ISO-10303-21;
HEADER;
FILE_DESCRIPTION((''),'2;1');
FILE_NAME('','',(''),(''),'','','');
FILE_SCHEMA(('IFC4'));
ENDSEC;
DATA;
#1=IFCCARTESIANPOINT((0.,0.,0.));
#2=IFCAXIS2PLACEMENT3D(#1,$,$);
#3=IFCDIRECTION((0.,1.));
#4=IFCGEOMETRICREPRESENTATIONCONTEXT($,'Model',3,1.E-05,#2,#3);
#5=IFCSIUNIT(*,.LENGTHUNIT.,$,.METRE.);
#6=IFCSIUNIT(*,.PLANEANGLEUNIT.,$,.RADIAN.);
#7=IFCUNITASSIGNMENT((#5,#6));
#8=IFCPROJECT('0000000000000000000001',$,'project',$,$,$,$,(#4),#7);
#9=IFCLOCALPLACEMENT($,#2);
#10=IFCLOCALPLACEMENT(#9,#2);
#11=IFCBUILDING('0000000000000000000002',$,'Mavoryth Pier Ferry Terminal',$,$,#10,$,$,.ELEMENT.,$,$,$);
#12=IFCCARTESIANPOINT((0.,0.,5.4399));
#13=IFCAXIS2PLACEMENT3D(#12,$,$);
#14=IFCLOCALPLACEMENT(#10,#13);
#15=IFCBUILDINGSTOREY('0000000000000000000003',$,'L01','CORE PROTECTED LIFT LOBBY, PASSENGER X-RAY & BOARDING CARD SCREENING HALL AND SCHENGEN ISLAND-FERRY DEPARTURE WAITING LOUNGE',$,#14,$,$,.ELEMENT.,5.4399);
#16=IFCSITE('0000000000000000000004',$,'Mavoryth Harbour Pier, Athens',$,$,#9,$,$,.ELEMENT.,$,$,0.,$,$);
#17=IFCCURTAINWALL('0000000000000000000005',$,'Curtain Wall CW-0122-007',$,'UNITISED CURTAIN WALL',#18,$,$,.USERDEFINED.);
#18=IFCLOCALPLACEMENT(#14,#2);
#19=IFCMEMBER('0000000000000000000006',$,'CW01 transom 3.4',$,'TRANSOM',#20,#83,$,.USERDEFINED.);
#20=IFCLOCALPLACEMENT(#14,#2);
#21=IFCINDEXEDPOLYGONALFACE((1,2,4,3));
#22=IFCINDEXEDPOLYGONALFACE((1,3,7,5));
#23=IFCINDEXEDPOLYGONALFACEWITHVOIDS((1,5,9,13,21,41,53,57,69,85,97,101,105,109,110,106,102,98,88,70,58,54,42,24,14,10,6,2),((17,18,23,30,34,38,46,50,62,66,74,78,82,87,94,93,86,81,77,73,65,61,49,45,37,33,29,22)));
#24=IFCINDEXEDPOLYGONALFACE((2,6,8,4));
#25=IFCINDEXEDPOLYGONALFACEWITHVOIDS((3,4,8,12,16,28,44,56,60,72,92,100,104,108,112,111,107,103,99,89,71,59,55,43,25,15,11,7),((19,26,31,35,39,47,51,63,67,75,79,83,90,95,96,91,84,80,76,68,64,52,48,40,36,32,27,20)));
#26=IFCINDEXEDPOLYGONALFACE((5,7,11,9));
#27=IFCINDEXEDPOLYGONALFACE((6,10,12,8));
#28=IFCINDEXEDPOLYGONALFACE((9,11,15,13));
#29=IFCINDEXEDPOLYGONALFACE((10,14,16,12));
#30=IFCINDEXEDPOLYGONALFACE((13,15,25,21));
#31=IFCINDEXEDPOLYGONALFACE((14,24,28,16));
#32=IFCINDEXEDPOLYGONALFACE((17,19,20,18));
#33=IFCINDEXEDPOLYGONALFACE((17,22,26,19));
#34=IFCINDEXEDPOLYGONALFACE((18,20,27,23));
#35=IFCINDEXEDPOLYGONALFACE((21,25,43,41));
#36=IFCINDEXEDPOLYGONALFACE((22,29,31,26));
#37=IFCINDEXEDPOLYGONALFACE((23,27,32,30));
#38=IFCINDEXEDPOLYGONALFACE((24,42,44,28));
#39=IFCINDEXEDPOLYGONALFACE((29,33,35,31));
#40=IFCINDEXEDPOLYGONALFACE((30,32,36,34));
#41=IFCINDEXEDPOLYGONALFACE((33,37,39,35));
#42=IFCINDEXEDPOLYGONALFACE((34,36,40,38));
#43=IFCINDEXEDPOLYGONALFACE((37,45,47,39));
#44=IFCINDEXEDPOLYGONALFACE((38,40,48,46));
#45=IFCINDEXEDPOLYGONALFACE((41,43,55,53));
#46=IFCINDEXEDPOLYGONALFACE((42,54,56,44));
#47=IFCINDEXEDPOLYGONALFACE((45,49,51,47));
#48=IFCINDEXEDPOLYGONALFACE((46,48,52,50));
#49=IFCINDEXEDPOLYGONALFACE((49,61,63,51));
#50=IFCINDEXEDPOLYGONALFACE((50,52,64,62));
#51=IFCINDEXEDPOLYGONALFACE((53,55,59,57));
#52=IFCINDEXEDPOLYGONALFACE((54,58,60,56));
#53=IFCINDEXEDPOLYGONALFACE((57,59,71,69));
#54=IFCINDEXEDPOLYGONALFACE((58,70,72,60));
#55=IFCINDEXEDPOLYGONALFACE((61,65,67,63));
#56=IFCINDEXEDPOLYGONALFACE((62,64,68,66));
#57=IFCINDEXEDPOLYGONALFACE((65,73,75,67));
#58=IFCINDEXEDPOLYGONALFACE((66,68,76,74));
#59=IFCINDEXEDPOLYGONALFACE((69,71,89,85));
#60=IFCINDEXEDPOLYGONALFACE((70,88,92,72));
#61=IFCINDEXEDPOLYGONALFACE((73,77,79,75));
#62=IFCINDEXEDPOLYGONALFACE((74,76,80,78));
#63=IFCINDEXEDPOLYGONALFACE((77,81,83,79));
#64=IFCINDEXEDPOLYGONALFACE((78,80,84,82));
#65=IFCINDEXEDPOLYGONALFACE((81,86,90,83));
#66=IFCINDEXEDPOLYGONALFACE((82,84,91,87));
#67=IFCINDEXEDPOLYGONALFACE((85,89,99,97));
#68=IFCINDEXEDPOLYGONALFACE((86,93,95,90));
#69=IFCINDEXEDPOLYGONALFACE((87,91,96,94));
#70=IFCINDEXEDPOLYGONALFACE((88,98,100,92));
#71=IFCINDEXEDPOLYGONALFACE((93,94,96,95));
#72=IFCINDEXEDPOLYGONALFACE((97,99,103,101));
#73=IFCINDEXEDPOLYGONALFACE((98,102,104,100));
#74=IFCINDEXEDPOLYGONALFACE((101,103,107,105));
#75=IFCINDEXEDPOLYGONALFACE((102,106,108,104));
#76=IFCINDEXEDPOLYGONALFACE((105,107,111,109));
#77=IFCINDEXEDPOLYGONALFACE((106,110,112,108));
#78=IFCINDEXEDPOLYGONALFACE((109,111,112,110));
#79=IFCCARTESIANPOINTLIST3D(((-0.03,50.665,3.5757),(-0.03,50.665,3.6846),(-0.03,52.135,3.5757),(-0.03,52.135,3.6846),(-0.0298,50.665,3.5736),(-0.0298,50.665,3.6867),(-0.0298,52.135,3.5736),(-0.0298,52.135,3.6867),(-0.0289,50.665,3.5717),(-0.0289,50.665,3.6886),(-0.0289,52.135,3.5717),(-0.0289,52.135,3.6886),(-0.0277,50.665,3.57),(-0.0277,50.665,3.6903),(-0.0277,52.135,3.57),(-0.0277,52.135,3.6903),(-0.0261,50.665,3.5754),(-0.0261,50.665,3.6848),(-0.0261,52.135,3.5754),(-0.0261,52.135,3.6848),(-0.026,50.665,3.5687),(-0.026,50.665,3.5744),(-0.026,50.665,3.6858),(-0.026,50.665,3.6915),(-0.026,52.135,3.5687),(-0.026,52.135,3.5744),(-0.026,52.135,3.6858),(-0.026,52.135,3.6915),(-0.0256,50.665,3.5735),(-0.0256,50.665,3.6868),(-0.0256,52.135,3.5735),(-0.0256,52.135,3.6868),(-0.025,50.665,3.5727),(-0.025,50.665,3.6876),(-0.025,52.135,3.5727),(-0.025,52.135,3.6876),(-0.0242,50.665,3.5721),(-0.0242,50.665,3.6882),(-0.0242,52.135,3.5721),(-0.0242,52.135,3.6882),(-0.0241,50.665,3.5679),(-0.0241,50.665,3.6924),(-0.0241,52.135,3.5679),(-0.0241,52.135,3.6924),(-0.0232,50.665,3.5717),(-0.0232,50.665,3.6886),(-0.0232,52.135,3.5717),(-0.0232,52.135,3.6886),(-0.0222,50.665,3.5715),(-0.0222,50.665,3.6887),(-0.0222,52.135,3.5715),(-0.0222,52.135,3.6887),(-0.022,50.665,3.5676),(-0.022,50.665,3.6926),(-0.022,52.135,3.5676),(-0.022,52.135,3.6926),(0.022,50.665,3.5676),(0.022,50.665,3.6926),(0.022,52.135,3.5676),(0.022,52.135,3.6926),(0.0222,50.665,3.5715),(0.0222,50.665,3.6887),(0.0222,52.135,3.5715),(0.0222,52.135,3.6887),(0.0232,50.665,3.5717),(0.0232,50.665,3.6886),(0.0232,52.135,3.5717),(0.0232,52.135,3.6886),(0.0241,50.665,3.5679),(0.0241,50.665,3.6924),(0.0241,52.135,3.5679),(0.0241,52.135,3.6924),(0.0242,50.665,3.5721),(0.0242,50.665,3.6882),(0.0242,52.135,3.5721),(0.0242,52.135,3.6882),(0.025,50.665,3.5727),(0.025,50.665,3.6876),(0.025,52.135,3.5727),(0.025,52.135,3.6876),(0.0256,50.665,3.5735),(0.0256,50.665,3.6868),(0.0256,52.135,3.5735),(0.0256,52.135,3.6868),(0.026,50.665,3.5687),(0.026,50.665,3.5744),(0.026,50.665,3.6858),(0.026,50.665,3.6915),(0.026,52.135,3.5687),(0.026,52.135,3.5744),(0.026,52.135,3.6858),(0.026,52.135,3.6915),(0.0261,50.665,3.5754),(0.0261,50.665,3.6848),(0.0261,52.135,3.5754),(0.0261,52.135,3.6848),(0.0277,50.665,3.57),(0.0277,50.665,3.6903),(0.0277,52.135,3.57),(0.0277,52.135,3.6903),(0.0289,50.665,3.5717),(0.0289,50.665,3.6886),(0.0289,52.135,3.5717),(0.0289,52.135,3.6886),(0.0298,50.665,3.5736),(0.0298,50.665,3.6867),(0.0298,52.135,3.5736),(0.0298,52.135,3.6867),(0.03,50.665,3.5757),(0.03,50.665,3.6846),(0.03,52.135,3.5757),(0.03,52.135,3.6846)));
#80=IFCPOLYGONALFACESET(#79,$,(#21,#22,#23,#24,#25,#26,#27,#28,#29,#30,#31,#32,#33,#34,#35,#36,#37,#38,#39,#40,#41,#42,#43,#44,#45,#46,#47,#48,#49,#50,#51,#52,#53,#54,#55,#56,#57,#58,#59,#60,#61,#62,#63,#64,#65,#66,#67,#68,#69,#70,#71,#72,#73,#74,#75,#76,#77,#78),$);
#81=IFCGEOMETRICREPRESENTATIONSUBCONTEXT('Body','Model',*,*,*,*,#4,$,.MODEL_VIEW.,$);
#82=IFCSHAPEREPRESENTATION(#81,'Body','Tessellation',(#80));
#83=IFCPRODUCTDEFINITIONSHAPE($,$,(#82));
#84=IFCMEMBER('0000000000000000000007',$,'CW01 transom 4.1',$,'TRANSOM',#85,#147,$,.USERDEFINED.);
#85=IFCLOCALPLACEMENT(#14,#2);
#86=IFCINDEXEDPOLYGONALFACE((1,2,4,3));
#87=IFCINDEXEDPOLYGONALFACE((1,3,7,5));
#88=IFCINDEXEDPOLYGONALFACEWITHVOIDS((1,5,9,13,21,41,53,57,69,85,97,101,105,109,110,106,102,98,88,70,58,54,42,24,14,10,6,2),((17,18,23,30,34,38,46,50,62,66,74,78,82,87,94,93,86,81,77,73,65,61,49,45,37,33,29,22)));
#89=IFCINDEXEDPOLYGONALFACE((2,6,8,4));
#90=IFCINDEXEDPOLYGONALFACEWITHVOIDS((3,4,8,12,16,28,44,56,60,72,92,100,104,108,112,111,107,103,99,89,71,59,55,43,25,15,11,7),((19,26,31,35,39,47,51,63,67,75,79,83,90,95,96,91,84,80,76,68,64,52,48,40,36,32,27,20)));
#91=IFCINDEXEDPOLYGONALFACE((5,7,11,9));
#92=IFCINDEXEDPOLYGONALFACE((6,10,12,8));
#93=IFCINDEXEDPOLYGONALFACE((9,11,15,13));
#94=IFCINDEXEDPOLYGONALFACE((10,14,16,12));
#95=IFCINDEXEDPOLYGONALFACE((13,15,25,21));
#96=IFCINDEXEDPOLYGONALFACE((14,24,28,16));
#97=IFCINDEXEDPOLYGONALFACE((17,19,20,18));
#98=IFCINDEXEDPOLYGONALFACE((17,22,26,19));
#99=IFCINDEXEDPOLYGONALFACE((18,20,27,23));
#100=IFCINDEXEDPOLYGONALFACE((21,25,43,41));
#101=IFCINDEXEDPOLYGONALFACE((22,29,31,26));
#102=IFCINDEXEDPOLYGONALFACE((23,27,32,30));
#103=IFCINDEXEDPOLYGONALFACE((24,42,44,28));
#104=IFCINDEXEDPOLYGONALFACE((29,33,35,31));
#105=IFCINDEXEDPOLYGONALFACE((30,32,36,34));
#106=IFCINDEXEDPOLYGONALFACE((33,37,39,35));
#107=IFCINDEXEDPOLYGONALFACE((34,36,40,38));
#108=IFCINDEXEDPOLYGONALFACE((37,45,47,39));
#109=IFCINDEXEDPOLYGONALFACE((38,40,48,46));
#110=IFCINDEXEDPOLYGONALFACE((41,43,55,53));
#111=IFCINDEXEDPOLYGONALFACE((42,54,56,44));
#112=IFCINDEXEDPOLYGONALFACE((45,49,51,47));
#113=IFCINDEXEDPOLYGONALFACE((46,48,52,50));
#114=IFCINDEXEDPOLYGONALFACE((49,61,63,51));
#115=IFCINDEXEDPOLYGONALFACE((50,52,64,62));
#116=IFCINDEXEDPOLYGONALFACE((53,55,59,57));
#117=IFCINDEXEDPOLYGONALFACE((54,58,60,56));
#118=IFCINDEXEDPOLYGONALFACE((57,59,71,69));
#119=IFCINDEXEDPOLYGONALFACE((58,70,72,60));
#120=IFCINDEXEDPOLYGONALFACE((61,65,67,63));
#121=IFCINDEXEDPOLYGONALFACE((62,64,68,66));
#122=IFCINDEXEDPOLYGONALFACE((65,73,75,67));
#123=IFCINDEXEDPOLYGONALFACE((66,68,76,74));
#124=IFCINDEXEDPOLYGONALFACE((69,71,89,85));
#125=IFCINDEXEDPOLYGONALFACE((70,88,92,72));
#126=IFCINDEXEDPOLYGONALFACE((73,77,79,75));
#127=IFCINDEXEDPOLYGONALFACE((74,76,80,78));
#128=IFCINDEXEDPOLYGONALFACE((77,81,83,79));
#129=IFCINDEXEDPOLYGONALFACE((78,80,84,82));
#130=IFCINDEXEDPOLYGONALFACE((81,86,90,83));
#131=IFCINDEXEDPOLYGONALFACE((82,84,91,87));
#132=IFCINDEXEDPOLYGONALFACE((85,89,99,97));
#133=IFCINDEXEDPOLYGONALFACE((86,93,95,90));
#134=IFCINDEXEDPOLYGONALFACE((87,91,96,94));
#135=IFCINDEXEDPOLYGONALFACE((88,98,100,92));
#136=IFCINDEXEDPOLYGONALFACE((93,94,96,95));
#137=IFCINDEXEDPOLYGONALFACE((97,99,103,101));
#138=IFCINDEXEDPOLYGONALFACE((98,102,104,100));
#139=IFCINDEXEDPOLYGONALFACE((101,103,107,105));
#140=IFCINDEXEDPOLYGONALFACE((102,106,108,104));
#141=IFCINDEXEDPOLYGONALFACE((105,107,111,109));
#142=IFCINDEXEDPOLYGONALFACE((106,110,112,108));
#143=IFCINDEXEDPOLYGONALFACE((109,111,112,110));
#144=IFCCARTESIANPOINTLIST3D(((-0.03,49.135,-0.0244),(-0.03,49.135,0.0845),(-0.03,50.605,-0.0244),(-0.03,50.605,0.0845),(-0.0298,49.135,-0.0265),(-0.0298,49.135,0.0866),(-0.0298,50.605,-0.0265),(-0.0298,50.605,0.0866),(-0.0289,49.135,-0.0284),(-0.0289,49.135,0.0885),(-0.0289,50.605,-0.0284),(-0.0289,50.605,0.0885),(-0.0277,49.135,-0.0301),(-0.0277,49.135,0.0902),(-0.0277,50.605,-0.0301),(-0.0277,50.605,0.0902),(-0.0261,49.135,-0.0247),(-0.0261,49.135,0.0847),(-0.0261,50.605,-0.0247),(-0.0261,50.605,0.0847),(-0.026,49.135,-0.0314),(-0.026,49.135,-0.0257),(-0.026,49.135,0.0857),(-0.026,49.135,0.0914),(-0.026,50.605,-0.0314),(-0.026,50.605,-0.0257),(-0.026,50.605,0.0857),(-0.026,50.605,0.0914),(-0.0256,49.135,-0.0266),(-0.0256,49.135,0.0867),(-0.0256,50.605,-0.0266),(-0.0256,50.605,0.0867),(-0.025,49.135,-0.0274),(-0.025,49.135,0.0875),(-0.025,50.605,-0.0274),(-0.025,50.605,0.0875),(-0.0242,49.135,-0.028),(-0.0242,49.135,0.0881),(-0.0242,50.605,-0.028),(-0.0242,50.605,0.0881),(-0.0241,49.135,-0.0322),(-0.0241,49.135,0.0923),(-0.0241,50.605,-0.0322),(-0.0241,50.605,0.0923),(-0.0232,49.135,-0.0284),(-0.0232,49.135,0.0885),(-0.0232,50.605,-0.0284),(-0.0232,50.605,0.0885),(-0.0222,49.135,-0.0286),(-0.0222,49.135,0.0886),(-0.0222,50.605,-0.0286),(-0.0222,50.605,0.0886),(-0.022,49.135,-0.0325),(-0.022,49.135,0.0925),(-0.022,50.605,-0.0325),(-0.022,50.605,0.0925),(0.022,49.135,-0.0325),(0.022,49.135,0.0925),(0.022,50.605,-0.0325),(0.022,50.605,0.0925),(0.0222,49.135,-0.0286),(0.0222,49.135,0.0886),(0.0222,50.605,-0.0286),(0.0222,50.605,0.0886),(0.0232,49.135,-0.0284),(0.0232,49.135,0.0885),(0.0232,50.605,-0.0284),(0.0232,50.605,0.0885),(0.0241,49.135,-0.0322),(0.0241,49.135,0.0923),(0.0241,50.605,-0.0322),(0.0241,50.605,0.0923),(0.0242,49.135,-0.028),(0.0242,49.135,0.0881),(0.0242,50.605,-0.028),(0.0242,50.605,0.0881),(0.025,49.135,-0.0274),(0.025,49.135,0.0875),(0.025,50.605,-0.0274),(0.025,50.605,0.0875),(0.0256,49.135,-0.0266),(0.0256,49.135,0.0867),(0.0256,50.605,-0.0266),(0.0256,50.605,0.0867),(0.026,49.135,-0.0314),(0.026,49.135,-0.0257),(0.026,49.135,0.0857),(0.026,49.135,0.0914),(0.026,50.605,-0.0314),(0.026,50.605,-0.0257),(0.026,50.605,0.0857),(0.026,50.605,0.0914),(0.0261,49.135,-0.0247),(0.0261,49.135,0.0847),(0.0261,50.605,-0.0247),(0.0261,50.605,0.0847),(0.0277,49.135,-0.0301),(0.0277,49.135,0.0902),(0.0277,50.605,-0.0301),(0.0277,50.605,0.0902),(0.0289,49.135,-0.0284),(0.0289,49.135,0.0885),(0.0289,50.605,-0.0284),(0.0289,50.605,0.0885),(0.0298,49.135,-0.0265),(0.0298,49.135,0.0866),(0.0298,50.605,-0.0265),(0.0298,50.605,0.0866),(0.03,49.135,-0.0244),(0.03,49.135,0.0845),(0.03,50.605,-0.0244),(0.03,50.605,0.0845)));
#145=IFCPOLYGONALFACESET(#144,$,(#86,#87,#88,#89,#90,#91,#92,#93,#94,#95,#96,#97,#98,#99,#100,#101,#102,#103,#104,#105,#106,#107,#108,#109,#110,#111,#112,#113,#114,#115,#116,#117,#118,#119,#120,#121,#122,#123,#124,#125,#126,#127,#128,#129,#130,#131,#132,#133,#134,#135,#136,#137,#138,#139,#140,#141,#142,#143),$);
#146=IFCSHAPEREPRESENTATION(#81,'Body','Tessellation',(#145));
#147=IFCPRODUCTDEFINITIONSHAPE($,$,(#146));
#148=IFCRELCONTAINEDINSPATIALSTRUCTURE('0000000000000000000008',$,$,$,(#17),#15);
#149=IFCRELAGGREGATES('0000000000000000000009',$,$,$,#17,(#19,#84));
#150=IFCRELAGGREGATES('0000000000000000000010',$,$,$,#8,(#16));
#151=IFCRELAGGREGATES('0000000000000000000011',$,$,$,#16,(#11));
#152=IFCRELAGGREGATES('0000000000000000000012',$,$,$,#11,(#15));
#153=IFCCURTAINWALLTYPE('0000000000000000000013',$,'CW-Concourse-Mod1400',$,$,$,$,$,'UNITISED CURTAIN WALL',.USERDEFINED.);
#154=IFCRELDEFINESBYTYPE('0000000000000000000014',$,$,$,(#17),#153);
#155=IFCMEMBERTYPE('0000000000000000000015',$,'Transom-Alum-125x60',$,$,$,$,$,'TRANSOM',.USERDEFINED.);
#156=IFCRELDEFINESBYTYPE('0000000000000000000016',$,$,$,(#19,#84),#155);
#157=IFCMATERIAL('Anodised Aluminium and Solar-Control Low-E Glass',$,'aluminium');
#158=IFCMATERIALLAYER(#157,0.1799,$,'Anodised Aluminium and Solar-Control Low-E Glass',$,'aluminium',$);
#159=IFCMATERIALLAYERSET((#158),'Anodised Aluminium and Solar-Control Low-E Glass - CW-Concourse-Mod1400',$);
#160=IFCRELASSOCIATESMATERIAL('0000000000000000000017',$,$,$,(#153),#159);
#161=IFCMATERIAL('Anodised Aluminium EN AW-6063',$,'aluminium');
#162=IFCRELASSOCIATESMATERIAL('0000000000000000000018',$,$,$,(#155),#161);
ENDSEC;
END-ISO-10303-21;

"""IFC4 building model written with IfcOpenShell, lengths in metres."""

from ifc_helpers import new_model, si_unit, direction, frame, origin, origin_2d, place, context, subcontext, project, spatial, hollow_rectangle, extrude, material, layer, layer_set, material_profile, profile_set, type_object, element, aggregate, save


model = new_model("IFC4")

# Units and contexts
model_context = context("Model", 3, precision=1e-05, world=origin(), true_north=direction((0.0, 1.0)))
body_context = subcontext(model_context, "Body", "Model", "MODEL_VIEW")
ifc_project = project(units=[si_unit("LENGTHUNIT", "METRE"), si_unit("PLANEANGLEUNIT", "RADIAN")], contexts=[model_context])

# Site, building, storey
site_placement = place(None, origin())
site = spatial("IfcSite", under=ifc_project, at=site_placement, Name="Mavoryth Harbour Pier, Athens", CompositionType="ELEMENT", RefElevation=0.0)
building_placement = place(site_placement, origin())
building = spatial("IfcBuilding", under=site, at=building_placement, Name="Mavoryth Pier Ferry Terminal", CompositionType="ELEMENT")
storey_placement = place(building_placement, frame((0.0, 0.0, 5.4399)))
storey = spatial("IfcBuildingStorey", under=building, at=storey_placement, Name="L01", Description="CORE PROTECTED LIFT LOBBY, PASSENGER X-RAY & BOARDING CARD SCREENING HALL AND SCHENGEN ISLAND-FERRY DEPARTURE WAITING LOUNGE", CompositionType="ELEMENT", Elevation=5.4399)

# Curtain wall
ifc_material_1 = material(Name="Anodised Aluminium and Solar-Control Low-E Glass", Category="aluminium")
ifc_layer_1 = layer(ifc_material_1, 0.1799, Name="Anodised Aluminium and Solar-Control Low-E Glass", Category="aluminium")
ifc_layer_set_1 = layer_set([ifc_layer_1], Name="Anodised Aluminium and Solar-Control Low-E Glass - CW-Concourse-Mod1400")
curtain_wall_type = type_object("IfcCurtainWallType", Name="CW-Concourse-Mod1400", ElementType="UNITISED CURTAIN WALL", PredefinedType="USERDEFINED", material=ifc_layer_set_1)
curtain_wall_placement = place(storey_placement, origin())
curtain_wall = element("IfcCurtainWall", 1, at=curtain_wall_placement, inside=storey, type_object=curtain_wall_type, Name="Curtain Wall CW-0122-007", ObjectType="UNITISED CURTAIN WALL", PredefinedType="USERDEFINED")
ifc_material_2 = material(Name="Anodised Aluminium EN AW-6063", Category="aluminium")

# Members
ifc_material_profile_1 = material_profile(ifc_material_2, hollow_rectangle(XDim=0.0601, YDim=0.125, WallThickness=0.0039, InnerFilletRadius=0.0039, OuterFilletRadius=0.0081, at=origin_2d()), Name="AL-TRAN 125x60x4", Category="aluminium")
ifc_profile_set_1 = profile_set([ifc_material_profile_1], Name="Anodised Aluminium EN AW-6063 - AL-TRAN 125x60x4")
member_type_1 = type_object("IfcMemberType", Name="Transom-Alum-125x60", ElementType="TRANSOM", PredefinedType="USERDEFINED", material=ifc_profile_set_1)
member_1_placement = place(storey_placement, frame((0.0, 52.135, 3.6301), z_axis=(0.0, -1.0, 0.0), x_axis=(1.0, 0.0, 0.0)))
member_1 = element("IfcMember", 2, at=member_1_placement, type_object=member_type_1, Name="CW01 transom 3.4", ObjectType="TRANSOM", PredefinedType="USERDEFINED", context=body_context, shape_type="SweptSolid", body=[
    extrude(hollow_rectangle(XDim=0.0601, YDim=0.125, WallThickness=0.0039, InnerFilletRadius=0.0039, OuterFilletRadius=0.0081, at=origin_2d()), origin(), (0.0, 0.0, 1.0), 1.47),
])
member_2_placement = place(storey_placement, frame((0.0, 50.605, 0.03), z_axis=(0.0, -1.0, 0.0), x_axis=(1.0, 0.0, 0.0)))
member_2 = element("IfcMember", 3, at=member_2_placement, type_object=member_type_1, Name="CW01 transom 4.1", ObjectType="TRANSOM", PredefinedType="USERDEFINED", context=body_context, shape_type="SweptSolid", body=[
    extrude(hollow_rectangle(XDim=0.0601, YDim=0.125, WallThickness=0.0039, InnerFilletRadius=0.0039, OuterFilletRadius=0.0081, at=origin_2d()), origin(), (0.0, 0.0, 1.0), 1.47),
])

aggregate(curtain_wall, [member_1, member_2])

save(model, "model.ifc")
